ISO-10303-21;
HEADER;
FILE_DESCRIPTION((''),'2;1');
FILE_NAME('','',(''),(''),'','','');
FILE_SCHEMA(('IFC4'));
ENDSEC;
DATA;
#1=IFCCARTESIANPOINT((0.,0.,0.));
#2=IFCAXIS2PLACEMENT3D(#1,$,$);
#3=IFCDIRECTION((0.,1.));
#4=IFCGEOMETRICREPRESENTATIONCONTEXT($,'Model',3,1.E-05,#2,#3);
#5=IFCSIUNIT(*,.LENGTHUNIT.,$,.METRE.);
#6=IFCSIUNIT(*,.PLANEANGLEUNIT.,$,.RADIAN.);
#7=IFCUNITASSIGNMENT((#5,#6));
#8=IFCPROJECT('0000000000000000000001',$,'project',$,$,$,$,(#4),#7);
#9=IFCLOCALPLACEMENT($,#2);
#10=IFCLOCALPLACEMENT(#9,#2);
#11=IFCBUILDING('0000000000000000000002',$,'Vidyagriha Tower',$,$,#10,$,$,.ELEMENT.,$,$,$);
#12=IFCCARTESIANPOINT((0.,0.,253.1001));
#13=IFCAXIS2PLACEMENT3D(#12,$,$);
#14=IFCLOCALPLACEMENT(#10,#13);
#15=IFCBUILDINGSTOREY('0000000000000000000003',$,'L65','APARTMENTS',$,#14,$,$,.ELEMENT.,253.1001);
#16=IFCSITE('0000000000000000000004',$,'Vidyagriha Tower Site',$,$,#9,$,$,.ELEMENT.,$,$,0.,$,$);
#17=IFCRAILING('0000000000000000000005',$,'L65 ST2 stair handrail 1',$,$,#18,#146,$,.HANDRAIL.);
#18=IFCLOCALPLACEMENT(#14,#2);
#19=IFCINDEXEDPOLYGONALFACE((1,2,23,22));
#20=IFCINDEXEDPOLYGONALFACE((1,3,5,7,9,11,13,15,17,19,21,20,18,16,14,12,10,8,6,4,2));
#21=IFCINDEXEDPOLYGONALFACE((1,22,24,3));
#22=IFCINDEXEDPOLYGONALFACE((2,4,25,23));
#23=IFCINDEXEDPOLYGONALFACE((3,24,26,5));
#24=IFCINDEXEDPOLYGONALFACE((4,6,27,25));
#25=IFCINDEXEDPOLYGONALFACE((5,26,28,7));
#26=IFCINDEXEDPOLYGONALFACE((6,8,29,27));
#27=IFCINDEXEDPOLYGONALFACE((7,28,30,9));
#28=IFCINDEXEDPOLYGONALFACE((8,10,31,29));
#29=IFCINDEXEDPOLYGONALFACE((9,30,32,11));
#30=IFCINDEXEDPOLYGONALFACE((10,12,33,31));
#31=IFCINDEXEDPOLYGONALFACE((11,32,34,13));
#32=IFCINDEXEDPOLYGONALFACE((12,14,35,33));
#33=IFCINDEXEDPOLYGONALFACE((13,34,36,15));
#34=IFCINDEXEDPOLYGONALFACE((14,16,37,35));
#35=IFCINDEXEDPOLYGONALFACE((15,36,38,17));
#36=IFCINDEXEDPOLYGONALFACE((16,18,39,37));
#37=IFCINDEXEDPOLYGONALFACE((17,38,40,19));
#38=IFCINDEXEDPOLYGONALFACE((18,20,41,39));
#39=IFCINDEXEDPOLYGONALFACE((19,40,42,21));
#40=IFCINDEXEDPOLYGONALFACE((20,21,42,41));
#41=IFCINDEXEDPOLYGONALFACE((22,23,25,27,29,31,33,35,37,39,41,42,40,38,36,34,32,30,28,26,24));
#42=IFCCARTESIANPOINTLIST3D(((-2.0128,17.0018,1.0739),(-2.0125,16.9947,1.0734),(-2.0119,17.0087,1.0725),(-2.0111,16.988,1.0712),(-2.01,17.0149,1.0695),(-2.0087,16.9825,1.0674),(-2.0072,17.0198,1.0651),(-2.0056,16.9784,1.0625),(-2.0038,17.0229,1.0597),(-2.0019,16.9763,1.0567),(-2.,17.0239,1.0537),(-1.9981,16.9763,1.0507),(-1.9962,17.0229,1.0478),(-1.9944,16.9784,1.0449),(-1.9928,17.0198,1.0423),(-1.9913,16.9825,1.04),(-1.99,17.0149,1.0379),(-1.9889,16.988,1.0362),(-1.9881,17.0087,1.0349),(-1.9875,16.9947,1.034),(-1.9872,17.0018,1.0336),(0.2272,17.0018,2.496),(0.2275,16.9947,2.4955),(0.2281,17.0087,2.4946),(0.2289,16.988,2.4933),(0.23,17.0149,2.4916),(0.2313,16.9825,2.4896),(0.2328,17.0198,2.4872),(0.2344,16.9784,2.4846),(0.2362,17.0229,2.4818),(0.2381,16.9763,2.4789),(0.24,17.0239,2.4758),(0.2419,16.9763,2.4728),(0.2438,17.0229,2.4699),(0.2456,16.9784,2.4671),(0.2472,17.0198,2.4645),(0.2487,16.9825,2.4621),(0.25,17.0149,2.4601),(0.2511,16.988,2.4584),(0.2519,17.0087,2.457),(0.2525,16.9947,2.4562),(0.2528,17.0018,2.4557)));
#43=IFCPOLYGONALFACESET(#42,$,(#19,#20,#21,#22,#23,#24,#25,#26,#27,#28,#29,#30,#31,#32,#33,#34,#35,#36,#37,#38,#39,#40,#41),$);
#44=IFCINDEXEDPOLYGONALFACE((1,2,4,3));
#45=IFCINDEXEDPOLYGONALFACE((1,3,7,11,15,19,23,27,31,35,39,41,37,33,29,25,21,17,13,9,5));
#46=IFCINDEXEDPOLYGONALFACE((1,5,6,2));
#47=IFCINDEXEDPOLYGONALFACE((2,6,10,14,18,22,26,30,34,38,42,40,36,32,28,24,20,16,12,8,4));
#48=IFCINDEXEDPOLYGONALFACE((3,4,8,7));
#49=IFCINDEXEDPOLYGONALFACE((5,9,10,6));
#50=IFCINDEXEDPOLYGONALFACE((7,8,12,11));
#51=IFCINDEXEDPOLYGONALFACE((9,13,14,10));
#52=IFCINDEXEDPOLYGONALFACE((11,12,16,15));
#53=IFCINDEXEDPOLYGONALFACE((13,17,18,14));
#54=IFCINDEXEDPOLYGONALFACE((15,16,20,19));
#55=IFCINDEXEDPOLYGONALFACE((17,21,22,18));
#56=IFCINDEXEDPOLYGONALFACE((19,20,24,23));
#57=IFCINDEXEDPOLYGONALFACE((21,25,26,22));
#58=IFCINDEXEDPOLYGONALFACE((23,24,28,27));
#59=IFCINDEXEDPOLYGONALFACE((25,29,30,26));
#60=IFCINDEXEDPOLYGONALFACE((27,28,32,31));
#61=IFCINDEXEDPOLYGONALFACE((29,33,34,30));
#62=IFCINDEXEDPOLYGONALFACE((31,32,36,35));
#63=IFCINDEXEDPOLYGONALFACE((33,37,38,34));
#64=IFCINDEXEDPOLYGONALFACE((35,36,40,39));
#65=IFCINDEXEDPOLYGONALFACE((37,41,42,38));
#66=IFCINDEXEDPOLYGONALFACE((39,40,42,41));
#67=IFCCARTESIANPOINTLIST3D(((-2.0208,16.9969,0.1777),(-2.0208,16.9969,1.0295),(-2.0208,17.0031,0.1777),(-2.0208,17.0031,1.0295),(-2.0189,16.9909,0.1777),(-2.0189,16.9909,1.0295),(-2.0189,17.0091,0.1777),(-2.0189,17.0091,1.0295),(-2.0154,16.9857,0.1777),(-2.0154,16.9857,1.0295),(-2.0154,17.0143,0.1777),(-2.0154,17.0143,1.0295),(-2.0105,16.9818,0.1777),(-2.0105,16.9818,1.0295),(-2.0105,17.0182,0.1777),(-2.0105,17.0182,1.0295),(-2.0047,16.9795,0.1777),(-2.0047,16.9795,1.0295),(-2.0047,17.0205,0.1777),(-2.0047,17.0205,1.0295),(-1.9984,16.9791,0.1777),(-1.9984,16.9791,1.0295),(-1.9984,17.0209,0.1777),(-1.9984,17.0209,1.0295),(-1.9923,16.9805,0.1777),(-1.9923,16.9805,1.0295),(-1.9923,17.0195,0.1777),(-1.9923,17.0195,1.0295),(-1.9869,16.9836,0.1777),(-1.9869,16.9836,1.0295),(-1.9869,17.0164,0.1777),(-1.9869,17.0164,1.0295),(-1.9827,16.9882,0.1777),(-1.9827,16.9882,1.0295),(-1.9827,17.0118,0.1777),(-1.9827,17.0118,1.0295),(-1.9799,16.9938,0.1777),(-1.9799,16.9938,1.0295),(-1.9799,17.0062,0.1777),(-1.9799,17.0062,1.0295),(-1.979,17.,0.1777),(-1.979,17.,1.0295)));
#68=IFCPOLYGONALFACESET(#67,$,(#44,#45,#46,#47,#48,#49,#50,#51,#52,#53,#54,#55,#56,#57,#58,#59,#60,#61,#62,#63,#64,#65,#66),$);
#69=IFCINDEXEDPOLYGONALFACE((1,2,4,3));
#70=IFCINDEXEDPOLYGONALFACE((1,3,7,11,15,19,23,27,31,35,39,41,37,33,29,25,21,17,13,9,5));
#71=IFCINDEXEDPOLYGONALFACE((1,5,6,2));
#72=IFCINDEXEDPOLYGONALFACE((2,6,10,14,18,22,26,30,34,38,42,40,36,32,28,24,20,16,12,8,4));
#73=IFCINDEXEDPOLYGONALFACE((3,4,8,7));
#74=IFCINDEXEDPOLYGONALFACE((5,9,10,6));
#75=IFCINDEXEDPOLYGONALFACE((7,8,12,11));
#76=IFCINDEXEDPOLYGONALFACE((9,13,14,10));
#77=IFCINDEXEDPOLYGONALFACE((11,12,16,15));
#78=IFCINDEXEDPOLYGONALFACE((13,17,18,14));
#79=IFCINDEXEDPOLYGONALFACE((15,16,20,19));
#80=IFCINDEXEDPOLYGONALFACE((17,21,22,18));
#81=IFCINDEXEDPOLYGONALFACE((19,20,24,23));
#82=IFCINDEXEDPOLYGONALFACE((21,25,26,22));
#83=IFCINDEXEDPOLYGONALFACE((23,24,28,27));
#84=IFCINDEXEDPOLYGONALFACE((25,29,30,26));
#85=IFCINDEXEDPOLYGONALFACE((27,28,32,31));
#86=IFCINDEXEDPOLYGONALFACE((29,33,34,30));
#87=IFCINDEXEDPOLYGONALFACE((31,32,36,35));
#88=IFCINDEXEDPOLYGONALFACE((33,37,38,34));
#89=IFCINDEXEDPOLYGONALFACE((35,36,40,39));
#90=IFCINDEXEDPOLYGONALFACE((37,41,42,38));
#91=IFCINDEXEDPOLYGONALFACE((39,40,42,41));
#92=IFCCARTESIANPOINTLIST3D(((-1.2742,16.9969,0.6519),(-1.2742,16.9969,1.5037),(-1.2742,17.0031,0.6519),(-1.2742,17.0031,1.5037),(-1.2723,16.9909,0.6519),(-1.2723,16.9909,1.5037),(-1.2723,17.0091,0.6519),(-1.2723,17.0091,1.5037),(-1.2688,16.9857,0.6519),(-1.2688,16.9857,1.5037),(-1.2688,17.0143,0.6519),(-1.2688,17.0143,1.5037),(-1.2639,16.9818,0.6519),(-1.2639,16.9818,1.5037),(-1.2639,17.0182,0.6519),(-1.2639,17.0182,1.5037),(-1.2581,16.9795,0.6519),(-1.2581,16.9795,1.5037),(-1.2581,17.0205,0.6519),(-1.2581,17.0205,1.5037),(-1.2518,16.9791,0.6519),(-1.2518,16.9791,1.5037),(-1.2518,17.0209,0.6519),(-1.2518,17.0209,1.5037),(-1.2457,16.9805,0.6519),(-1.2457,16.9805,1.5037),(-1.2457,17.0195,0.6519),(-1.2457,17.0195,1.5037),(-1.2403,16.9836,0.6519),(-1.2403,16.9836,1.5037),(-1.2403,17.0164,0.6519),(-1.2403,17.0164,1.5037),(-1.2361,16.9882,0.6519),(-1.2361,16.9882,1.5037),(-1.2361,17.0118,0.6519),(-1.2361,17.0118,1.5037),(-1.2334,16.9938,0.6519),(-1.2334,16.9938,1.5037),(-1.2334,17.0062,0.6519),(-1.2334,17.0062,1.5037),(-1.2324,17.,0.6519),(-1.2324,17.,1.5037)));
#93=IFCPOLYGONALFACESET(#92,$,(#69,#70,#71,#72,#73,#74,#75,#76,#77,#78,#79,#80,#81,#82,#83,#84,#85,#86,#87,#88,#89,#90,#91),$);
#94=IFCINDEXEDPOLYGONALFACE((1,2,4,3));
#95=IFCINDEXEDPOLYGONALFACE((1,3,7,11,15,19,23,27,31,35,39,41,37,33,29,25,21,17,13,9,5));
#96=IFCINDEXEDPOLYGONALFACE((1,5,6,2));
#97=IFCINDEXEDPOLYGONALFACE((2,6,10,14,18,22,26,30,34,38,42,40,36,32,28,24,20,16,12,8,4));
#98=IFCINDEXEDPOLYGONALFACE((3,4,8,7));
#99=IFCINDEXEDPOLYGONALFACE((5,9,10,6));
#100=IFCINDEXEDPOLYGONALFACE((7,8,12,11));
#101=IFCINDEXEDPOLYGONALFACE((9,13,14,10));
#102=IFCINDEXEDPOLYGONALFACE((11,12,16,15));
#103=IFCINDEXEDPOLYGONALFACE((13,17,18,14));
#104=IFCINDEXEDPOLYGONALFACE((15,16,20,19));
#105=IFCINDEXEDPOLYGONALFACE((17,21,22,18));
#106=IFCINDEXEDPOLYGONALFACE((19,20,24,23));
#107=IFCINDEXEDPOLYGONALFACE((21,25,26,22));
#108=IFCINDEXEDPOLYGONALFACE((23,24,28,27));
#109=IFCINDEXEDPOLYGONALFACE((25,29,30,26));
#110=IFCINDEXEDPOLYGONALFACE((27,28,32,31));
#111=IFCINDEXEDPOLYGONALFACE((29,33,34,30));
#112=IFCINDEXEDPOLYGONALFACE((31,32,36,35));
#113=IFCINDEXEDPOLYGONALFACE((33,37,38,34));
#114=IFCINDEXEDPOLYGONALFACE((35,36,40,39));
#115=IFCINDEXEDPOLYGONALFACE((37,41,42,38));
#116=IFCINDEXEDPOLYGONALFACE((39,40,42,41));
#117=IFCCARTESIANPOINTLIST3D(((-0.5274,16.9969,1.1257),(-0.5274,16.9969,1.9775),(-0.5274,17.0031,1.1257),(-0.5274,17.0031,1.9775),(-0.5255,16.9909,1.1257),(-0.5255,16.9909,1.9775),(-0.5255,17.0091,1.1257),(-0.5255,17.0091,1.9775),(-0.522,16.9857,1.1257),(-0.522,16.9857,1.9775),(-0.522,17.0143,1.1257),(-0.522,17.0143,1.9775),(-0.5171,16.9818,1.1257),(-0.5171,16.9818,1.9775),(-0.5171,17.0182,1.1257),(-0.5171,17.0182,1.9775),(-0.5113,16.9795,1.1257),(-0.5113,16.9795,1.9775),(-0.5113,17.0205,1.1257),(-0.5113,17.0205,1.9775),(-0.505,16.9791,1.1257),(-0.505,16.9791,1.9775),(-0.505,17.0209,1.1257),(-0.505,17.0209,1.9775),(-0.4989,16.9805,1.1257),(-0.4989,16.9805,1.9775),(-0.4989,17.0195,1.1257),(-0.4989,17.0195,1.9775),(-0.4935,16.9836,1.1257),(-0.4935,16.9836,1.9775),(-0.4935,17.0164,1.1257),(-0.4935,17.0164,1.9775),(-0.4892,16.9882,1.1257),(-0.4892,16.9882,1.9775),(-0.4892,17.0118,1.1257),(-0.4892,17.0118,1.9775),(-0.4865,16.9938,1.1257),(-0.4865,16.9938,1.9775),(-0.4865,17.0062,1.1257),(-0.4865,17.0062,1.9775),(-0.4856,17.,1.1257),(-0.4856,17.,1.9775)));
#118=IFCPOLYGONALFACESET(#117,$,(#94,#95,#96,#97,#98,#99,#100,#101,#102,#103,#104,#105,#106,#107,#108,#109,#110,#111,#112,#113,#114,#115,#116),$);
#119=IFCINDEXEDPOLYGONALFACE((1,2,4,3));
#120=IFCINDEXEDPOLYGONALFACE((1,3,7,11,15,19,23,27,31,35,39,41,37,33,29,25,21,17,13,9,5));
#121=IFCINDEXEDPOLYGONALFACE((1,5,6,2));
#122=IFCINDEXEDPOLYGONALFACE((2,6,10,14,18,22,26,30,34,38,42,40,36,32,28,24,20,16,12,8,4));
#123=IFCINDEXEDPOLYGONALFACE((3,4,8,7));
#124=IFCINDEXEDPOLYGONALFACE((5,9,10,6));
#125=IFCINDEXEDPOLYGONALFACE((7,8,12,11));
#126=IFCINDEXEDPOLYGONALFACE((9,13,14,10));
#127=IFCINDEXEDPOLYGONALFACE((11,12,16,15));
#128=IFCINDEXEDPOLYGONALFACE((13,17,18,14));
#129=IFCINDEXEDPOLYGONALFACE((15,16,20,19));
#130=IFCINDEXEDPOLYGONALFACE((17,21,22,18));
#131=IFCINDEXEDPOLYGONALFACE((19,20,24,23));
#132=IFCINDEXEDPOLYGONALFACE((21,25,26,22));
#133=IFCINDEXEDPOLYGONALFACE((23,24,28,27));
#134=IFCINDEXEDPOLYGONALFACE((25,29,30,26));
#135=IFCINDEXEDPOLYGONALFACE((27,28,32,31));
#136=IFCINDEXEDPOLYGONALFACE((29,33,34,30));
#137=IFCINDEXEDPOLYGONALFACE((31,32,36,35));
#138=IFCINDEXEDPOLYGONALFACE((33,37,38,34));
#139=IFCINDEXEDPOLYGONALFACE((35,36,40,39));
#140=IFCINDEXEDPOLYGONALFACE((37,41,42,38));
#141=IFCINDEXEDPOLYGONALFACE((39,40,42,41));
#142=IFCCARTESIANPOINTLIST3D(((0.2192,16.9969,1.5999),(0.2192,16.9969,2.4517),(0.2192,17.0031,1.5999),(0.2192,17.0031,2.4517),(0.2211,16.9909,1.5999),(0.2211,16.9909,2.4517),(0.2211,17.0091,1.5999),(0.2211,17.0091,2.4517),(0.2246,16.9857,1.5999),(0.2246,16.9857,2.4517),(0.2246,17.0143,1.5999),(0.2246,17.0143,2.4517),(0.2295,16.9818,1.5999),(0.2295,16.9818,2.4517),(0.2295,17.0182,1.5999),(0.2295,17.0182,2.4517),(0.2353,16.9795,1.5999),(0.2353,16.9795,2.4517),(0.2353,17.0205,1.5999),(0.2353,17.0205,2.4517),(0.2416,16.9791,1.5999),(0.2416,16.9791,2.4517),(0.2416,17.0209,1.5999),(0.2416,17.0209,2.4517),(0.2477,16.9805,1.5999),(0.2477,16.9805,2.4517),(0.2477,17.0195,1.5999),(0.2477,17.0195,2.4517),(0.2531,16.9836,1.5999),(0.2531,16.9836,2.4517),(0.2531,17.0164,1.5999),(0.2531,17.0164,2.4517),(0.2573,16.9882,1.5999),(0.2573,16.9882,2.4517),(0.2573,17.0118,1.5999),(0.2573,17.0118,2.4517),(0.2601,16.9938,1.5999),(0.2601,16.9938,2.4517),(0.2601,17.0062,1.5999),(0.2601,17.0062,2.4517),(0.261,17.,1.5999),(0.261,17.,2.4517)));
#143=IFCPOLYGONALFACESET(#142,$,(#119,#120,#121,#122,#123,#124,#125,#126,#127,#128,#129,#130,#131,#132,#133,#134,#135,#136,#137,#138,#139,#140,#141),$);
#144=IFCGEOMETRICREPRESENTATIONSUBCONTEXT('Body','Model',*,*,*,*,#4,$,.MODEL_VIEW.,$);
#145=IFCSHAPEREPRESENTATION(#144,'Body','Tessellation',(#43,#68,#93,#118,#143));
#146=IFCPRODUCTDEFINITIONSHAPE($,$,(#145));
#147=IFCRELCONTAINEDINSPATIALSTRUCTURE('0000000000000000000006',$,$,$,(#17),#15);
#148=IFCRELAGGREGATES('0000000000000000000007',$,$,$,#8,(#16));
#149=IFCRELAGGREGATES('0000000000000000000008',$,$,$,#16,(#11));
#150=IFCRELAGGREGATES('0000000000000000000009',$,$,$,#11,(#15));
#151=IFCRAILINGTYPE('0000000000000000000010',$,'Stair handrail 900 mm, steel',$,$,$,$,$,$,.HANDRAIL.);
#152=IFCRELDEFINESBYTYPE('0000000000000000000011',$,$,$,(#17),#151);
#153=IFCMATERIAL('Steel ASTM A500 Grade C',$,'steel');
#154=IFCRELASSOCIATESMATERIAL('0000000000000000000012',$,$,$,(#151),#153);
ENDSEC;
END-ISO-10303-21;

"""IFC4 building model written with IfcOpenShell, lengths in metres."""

from ifc_helpers import new_model, si_unit, direction, frame, origin, origin_2d, place, context, subcontext, project, spatial, circle, extrude, material, type_object, element, save


model = new_model("IFC4")

# Units and contexts
model_context = context("Model", 3, precision=1e-05, world=origin(), true_north=direction((0.0, 1.0)))
body_context = subcontext(model_context, "Body", "Model", "MODEL_VIEW")
ifc_project = project(units=[si_unit("LENGTHUNIT", "METRE"), si_unit("PLANEANGLEUNIT", "RADIAN")], contexts=[model_context])

# Site, building, storey
site_placement = place(None, origin())
site = spatial("IfcSite", under=ifc_project, at=site_placement, Name="Vidyagriha Tower Site", CompositionType="ELEMENT", RefElevation=0.0)
building_placement = place(site_placement, origin())
building = spatial("IfcBuilding", under=site, at=building_placement, Name="Vidyagriha Tower", CompositionType="ELEMENT")
storey_placement = place(building_placement, frame((0.0, 0.0, 253.1001)))
storey = spatial("IfcBuildingStorey", under=building, at=storey_placement, Name="L65", Description="APARTMENTS", CompositionType="ELEMENT", Elevation=253.1001)

# Railing
ifc_material_1 = material(Name="Steel ASTM A500 Grade C", Category="steel")
railing_type = type_object("IfcRailingType", Name="Stair handrail 900 mm, steel", PredefinedType="HANDRAIL", material=ifc_material_1)
for number, where, name in (
    (1, (-2.0, 17.0, 0.1777), "L65 ST2 stair handrail 1"),
):
    element("IfcRailing", number, at=place(storey_placement, frame(where)), inside=storey, type_object=railing_type, Name=name, PredefinedType="HANDRAIL", context=body_context, shape_type="SweptSolid", body=[
        extrude(circle(Radius=0.0239, at=origin_2d()), frame((0.0, 0.0, 0.876), z_axis=(0.844229, 0.0, 0.535982), x_axis=(0.0, 1.0, 0.0)), (0.0, 0.0, 1.0), 2.6533),
        extrude(circle(Radius=0.021, at=origin_2d()), origin(), (0.0, 0.0, 1.0), 0.8518),
        extrude(circle(Radius=0.021, at=origin_2d()), frame((0.7466, 0.0, 0.4741)), (0.0, 0.0, 1.0), 0.8518),
        extrude(circle(Radius=0.021, at=origin_2d()), frame((1.4934, 0.0, 0.948)), (0.0, 0.0, 1.0), 0.8518),
        extrude(circle(Radius=0.021, at=origin_2d()), frame((2.24, 0.0, 1.4221)), (0.0, 0.0, 1.0), 0.8518),
    ])

save(model, "model.ifc")
